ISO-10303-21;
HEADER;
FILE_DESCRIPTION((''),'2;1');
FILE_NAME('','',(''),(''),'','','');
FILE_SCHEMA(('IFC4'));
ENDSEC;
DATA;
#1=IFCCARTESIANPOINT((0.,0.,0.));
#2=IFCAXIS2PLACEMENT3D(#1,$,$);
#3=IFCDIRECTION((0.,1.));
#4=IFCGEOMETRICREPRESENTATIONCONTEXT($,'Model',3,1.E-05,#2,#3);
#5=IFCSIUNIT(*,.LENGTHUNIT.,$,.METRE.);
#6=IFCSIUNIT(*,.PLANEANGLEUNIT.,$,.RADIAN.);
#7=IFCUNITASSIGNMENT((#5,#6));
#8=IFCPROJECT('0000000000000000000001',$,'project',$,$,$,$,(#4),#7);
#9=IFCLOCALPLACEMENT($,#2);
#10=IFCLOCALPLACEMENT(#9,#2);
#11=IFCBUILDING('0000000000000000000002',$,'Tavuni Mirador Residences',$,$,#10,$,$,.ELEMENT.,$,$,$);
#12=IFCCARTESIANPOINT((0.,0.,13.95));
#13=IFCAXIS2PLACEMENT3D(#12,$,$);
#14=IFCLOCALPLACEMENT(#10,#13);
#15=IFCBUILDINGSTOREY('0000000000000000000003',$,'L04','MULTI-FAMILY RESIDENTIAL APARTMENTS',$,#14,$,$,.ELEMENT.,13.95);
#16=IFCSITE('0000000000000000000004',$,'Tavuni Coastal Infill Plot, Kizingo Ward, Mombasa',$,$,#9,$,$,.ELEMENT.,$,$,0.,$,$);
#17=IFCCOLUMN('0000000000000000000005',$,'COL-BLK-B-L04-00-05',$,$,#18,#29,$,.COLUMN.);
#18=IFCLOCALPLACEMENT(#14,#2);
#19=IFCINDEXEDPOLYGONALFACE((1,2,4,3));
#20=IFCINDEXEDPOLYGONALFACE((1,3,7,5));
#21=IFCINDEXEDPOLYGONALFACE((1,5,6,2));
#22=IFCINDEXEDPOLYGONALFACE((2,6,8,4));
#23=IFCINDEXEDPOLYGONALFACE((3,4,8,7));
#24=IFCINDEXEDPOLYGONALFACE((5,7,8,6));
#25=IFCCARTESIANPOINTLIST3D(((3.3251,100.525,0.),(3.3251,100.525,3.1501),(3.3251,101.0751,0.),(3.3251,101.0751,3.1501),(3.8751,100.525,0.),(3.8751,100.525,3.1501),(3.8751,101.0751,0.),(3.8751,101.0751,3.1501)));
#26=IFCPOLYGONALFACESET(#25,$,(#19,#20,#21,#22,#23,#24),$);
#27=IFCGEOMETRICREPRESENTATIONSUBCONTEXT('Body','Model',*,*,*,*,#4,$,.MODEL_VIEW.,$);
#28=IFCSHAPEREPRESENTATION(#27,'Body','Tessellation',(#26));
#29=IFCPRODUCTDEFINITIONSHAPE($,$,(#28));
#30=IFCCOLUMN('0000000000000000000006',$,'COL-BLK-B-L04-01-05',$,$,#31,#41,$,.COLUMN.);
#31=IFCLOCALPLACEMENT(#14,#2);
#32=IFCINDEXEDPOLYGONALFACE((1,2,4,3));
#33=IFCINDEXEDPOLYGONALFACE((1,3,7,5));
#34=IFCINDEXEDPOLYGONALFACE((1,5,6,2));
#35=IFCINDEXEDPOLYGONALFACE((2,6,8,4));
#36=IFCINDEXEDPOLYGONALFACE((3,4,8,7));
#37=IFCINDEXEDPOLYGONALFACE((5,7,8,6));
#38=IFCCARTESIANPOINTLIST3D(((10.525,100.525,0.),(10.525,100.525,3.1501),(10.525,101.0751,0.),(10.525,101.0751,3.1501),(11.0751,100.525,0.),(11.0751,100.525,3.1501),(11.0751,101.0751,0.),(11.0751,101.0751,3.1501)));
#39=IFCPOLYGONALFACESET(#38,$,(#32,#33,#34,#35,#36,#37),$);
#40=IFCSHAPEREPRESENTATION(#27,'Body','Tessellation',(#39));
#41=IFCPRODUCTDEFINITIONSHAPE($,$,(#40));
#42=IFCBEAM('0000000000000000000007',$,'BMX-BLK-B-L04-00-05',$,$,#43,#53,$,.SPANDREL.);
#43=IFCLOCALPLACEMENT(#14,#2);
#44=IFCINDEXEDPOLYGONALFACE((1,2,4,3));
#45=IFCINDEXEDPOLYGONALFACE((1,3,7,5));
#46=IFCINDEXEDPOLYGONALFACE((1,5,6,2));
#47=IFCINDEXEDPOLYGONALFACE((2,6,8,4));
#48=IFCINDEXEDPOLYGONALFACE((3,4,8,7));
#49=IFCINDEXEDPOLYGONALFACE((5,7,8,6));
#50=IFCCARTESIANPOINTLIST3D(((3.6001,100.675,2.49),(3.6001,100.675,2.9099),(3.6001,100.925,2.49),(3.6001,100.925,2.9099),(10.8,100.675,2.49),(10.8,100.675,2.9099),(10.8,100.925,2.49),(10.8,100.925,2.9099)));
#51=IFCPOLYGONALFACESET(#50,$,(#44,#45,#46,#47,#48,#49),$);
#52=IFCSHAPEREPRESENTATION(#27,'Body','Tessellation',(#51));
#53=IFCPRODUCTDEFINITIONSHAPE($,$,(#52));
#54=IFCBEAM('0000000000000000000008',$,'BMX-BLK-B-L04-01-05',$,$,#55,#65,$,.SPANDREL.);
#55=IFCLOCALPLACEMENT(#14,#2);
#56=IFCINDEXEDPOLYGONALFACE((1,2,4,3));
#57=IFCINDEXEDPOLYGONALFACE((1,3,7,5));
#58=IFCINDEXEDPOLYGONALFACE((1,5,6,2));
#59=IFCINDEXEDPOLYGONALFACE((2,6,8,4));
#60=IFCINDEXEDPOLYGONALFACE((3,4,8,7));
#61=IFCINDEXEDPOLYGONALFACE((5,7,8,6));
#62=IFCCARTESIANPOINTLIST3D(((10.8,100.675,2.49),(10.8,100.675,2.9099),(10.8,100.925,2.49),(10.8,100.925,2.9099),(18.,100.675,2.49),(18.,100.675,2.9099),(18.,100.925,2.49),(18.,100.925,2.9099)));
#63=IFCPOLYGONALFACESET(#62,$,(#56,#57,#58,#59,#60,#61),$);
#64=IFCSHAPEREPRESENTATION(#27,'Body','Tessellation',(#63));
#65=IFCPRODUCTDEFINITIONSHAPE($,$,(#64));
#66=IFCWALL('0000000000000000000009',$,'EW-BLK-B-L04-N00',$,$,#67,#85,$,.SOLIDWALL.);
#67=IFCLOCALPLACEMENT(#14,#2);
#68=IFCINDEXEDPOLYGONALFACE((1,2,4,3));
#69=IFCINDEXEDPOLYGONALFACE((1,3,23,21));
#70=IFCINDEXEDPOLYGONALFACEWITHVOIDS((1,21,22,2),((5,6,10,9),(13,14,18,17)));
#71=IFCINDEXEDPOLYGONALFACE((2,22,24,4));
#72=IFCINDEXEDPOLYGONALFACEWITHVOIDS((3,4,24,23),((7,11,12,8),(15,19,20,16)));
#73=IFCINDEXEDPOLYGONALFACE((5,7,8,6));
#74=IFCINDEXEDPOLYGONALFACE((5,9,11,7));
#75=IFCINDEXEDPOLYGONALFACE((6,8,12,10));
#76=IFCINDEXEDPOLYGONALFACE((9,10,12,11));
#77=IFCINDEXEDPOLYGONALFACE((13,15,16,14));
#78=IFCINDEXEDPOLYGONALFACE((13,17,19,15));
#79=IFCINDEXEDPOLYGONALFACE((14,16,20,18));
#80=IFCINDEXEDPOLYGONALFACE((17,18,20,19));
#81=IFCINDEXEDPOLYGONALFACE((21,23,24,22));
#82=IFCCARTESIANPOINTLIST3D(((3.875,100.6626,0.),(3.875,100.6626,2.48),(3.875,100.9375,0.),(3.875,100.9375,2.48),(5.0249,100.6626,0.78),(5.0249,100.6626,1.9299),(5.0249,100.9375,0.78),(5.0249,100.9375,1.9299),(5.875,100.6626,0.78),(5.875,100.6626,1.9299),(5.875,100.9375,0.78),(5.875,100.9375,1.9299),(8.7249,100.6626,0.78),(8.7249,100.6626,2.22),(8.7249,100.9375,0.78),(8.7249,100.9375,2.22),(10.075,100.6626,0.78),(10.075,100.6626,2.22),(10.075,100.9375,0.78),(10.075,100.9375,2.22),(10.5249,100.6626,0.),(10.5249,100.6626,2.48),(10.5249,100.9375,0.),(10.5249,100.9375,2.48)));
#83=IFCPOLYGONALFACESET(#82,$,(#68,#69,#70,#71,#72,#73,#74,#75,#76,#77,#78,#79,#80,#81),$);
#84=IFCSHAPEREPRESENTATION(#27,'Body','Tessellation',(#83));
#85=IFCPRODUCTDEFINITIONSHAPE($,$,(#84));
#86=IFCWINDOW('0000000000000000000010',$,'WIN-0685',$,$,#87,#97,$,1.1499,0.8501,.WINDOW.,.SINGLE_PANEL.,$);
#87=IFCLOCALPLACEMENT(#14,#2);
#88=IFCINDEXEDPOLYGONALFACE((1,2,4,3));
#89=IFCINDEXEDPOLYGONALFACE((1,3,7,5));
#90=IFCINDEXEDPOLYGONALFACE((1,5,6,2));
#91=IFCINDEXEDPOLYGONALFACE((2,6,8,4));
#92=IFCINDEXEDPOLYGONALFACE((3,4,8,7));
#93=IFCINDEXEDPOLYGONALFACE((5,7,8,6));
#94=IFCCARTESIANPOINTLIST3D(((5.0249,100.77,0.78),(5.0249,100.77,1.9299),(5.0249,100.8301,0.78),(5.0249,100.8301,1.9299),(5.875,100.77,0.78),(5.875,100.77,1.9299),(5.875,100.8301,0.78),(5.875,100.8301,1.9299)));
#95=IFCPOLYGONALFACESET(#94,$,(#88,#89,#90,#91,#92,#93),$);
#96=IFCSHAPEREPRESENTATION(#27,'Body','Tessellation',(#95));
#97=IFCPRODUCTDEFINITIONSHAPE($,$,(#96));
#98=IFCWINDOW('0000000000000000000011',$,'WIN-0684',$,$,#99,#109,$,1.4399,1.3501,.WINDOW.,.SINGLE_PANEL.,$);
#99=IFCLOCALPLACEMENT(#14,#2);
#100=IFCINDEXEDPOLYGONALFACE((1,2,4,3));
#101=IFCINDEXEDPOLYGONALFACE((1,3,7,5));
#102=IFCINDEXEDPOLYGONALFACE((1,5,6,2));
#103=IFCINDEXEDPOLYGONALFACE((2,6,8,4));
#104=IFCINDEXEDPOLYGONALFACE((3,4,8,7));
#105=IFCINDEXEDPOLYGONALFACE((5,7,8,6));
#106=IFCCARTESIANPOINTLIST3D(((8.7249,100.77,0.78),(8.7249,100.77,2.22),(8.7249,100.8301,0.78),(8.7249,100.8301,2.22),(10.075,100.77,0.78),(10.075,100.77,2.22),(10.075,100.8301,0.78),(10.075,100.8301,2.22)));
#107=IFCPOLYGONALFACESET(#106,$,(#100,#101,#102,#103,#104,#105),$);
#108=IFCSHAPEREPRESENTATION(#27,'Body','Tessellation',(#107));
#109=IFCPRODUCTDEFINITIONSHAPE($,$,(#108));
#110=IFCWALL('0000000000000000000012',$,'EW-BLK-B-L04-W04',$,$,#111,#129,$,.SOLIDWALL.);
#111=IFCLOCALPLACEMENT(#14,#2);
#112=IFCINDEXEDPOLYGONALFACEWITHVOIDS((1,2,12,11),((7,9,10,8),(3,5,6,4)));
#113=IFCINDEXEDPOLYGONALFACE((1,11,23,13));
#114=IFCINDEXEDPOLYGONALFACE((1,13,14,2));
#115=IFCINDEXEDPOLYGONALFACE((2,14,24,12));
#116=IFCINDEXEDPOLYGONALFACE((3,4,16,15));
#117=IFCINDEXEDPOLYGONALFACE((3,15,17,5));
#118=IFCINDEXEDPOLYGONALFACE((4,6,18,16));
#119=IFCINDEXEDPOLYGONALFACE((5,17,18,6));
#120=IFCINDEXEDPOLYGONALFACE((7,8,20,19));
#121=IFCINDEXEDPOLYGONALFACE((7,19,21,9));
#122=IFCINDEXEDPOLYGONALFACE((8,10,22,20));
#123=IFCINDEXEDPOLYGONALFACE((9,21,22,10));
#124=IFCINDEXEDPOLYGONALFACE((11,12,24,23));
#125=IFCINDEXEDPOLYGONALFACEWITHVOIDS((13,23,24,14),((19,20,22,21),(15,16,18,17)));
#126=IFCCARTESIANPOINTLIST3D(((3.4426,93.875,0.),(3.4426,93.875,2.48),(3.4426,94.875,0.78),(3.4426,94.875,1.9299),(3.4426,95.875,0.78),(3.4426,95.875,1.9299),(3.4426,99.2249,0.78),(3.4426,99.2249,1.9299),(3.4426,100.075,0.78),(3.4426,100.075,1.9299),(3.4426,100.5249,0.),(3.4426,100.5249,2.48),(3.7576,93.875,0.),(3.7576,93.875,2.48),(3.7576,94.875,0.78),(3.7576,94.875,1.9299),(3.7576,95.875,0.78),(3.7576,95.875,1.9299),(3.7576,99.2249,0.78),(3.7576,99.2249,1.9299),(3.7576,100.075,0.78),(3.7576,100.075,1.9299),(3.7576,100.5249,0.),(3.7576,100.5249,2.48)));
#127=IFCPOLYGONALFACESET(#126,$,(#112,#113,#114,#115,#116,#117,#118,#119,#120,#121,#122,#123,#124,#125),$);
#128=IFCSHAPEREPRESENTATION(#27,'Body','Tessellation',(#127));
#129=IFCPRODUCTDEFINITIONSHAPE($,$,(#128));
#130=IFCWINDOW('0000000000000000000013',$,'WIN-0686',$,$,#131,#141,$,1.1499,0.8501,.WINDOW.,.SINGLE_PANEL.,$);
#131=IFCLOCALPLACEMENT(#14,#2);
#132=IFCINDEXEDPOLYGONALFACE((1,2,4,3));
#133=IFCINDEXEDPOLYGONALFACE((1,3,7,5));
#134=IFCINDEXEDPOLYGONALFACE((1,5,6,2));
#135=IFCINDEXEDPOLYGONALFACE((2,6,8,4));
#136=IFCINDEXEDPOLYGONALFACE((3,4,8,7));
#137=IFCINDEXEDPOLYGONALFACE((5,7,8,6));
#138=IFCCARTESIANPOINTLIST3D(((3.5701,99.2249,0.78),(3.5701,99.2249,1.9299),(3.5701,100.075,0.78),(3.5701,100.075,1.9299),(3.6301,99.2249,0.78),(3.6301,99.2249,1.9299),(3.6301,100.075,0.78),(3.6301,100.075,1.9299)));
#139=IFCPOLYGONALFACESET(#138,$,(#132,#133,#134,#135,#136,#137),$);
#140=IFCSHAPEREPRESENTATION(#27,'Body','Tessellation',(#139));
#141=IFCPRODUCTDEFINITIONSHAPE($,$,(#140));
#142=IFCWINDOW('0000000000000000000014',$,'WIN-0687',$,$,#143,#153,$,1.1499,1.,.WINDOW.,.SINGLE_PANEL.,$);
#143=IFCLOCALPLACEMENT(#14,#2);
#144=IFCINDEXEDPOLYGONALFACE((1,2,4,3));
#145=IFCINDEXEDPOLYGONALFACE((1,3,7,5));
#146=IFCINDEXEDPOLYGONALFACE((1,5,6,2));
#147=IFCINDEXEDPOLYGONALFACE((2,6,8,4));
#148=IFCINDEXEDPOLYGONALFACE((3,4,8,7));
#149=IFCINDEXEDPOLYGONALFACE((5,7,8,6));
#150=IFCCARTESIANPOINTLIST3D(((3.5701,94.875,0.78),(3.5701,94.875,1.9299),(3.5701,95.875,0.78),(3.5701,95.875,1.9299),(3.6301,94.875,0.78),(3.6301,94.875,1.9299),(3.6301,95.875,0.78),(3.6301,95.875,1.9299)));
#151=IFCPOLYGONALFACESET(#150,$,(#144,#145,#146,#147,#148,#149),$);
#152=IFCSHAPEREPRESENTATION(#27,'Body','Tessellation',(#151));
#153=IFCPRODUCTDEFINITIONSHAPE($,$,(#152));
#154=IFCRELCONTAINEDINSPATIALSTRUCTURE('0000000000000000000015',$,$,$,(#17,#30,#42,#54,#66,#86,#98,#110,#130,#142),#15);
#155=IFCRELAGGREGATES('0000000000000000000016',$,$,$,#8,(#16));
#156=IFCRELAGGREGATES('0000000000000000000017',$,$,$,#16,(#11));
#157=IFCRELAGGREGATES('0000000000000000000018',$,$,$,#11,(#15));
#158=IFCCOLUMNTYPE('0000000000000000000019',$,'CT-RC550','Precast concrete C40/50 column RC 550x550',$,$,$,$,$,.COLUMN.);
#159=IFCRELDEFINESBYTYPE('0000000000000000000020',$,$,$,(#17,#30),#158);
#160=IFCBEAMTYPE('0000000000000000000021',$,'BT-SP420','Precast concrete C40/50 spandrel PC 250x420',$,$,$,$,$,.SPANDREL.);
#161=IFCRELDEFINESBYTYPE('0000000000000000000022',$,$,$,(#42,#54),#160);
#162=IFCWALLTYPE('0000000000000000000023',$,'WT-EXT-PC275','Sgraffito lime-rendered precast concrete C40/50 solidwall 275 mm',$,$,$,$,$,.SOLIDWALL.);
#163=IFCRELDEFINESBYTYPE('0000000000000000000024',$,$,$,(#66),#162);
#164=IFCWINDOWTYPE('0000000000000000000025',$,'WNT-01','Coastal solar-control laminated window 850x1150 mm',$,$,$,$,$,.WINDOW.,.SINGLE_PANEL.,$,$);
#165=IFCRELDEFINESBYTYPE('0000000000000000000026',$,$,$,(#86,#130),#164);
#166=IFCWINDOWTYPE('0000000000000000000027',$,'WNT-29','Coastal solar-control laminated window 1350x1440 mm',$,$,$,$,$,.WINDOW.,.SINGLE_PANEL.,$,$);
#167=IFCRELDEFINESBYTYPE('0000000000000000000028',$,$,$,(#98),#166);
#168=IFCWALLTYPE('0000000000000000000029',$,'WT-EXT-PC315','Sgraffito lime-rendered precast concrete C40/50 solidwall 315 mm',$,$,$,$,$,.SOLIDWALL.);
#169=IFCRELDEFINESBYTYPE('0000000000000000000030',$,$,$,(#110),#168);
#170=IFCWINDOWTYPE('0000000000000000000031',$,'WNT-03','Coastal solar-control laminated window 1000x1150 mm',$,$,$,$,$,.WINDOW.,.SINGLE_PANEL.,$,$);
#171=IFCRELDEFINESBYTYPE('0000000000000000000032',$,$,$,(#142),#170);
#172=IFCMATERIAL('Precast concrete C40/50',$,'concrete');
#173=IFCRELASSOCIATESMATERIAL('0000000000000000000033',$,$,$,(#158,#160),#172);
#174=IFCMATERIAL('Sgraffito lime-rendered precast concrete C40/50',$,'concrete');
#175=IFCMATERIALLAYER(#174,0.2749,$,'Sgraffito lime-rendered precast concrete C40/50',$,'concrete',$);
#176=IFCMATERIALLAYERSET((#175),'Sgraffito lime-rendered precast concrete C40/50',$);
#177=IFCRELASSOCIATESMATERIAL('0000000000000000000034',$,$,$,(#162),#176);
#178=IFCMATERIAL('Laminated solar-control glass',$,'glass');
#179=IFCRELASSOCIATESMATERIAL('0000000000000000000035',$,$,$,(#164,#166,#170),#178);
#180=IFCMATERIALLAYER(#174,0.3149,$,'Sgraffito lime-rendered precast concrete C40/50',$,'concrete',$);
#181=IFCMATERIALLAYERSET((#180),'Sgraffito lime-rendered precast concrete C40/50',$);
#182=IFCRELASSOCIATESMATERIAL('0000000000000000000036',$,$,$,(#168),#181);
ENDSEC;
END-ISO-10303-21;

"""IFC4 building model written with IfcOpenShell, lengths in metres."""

from ifc_helpers import new_model, si_unit, direction, frame, frame_2d, origin, origin_2d, place, context, subcontext, project, spatial, rectangle, extrude, material, layer, layer_set, material_profile, profile_set, type_object, element, fill, save


model = new_model("IFC4")

# Units and contexts
model_context = context("Model", 3, precision=1e-05, world=origin(), true_north=direction((0.0, 1.0)))
body_context = subcontext(model_context, "Body", "Model", "MODEL_VIEW")
ifc_project = project(units=[si_unit("LENGTHUNIT", "METRE"), si_unit("PLANEANGLEUNIT", "RADIAN")], contexts=[model_context])

# Site, building, storey
site_placement = place(None, origin())
site = spatial("IfcSite", under=ifc_project, at=site_placement, Name="Tavuni Coastal Infill Plot, Kizingo Ward, Mombasa", CompositionType="ELEMENT", RefElevation=0.0)
building_placement = place(site_placement, origin())
building = spatial("IfcBuilding", under=site, at=building_placement, Name="Tavuni Mirador Residences", CompositionType="ELEMENT")
storey_placement = place(building_placement, frame((0.0, 0.0, 13.95)))
storey = spatial("IfcBuildingStorey", under=building, at=storey_placement, Name="L04", Description="MULTI-FAMILY RESIDENTIAL APARTMENTS", CompositionType="ELEMENT", Elevation=13.95)

# Columns
ifc_material_1 = material(Name="Precast concrete C40/50", Category="concrete")
ifc_material_profile_1 = material_profile(ifc_material_1, rectangle(XDim=0.55, YDim=0.55, at=origin_2d()), Name="RC 550x550", Category="concrete")
ifc_profile_set_1 = profile_set([ifc_material_profile_1], Name="Precast concrete C40/50")
column_type = type_object("IfcColumnType", Name="CT-RC550", Description="Precast concrete C40/50 column RC 550x550", PredefinedType="COLUMN", material=ifc_profile_set_1)
for number, where, z_axis, x_axis, name in (
    (1, (3.6001, 100.8, 0.0), (0.0, 0.0, 1.0), (1.0, 0.0, 0.0), "COL-BLK-B-L04-00-05"),
    (2, (10.8, 100.8, 0.0), (0.0, 0.0, 1.0), (1.0, 0.0, 0.0), "COL-BLK-B-L04-01-05"),
):
    element("IfcColumn", number, at=place(storey_placement, frame(where, z_axis=z_axis, x_axis=x_axis)), inside=storey, type_object=column_type, Name=name, PredefinedType="COLUMN", context=body_context, shape_type="SweptSolid", body=[
        extrude(rectangle(XDim=0.55, YDim=0.55, at=origin_2d()), origin(), (0.0, 0.0, 1.0), 3.1501),
    ])

# Beams
ifc_material_profile_2 = material_profile(ifc_material_1, rectangle(XDim=0.25, YDim=0.4199, at=origin_2d()), Name="PC 250x420", Category="concrete")
ifc_profile_set_2 = profile_set([ifc_material_profile_2], Name="Precast concrete C40/50")
beam_type = type_object("IfcBeamType", Name="BT-SP420", Description="Precast concrete C40/50 spandrel PC 250x420", PredefinedType="SPANDREL", material=ifc_profile_set_2)
for number, where, z_axis, x_axis, name in (
    (3, (3.6001, 100.8, 2.7), (1.0, 0.0, 0.0), (0.0, 1.0, 0.0), "BMX-BLK-B-L04-00-05"),
    (4, (10.8, 100.8, 2.7), (1.0, 0.0, 0.0), (0.0, 1.0, 0.0), "BMX-BLK-B-L04-01-05"),
):
    element("IfcBeam", number, at=place(storey_placement, frame(where, z_axis=z_axis, x_axis=x_axis)), inside=storey, type_object=beam_type, Name=name, PredefinedType="SPANDREL", context=body_context, shape_type="SweptSolid", body=[
        extrude(rectangle(XDim=0.25, YDim=0.4199, at=origin_2d()), origin(), (0.0, 0.0, 1.0), 7.2),
    ])

# Walls, openings, windows
ifc_material_2 = material(Name="Sgraffito lime-rendered precast concrete C40/50", Category="concrete")
ifc_layer_1 = layer(ifc_material_2, 0.2749, Name="Sgraffito lime-rendered precast concrete C40/50", Category="concrete")
ifc_layer_set_1 = layer_set([ifc_layer_1], Name="Sgraffito lime-rendered precast concrete C40/50")
wall_type_1 = type_object("IfcWallType", Name="WT-EXT-PC275", Description="Sgraffito lime-rendered precast concrete C40/50 solidwall 275 mm", PredefinedType="SOLIDWALL", material=ifc_layer_set_1)
wall_1_placement = place(storey_placement, frame((10.5249, 100.8, 0.0), z_axis=(0.0, 0.0, 1.0), x_axis=(-1.0, 0.0, 0.0)))
wall_1 = element("IfcWall", 5, at=wall_1_placement, inside=storey, type_object=wall_type_1, Name="EW-BLK-B-L04-N00", PredefinedType="SOLIDWALL", context=body_context, shape_type="SweptSolid", body=[
    extrude(rectangle(XDim=6.6499, YDim=0.2749, at=frame_2d((3.325, 0.0))), origin(), (0.0, 0.0, 1.0), 2.48),
])
opening_1_placement = place(wall_1_placement, frame((0.45, 0.0, 0.78)))
opening_1 = element("IfcOpeningElement", 6, at=opening_1_placement, cuts=wall_1, PredefinedType="OPENING", context=body_context, shape_type="SweptSolid", body=[
    extrude(rectangle(XDim=1.3501, YDim=1.4399, at=frame_2d((0.675, 0.72))), frame((0.0, 0.1475, 0.0), z_axis=(0.0, -1.0, 0.0), x_axis=(1.0, 0.0, 0.0)), (0.0, 0.0, 1.0), 0.2949),
])
opening_2_placement = place(wall_1_placement, frame((4.6499, 0.0, 0.78)))
opening_2 = element("IfcOpeningElement", 7, at=opening_2_placement, cuts=wall_1, PredefinedType="OPENING", context=body_context, shape_type="SweptSolid", body=[
    extrude(rectangle(XDim=0.8501, YDim=1.1499, at=frame_2d((0.425, 0.575))), frame((0.0, 0.1475, 0.0), z_axis=(0.0, -1.0, 0.0), x_axis=(1.0, 0.0, 0.0)), (0.0, 0.0, 1.0), 0.2949),
])
ifc_material_3 = material(Name="Laminated solar-control glass", Category="glass")
window_type_1 = type_object("IfcWindowType", Name="WNT-01", Description="Coastal solar-control laminated window 850x1150 mm", PartitioningType="SINGLE_PANEL", PredefinedType="WINDOW", material=ifc_material_3)
window_1_placement = place(opening_2_placement, origin())
window_1 = element("IfcWindow", 8, at=window_1_placement, inside=storey, type_object=window_type_1, Name="WIN-0685", OverallHeight=1.1499, OverallWidth=0.8501, PartitioningType="SINGLE_PANEL", PredefinedType="WINDOW", context=body_context, shape_type="SweptSolid", body=[
    extrude(rectangle(XDim=0.8501, YDim=1.1499, at=frame_2d((0.425, 0.575))), frame((0.0, 0.03, 0.0), z_axis=(0.0, -1.0, 0.0), x_axis=(1.0, 0.0, 0.0)), (0.0, 0.0, 1.0), 0.0601),
])
fill(opening_2, window_1)
window_type_2 = type_object("IfcWindowType", Name="WNT-29", Description="Coastal solar-control laminated window 1350x1440 mm", PartitioningType="SINGLE_PANEL", PredefinedType="WINDOW", material=ifc_material_3)
window_2_placement = place(opening_1_placement, origin())
window_2 = element("IfcWindow", 9, at=window_2_placement, inside=storey, type_object=window_type_2, Name="WIN-0684", OverallHeight=1.4399, OverallWidth=1.3501, PartitioningType="SINGLE_PANEL", PredefinedType="WINDOW", context=body_context, shape_type="SweptSolid", body=[
    extrude(rectangle(XDim=1.3501, YDim=1.4399, at=frame_2d((0.675, 0.72))), frame((0.0, 0.03, 0.0), z_axis=(0.0, -1.0, 0.0), x_axis=(1.0, 0.0, 0.0)), (0.0, 0.0, 1.0), 0.0601),
])
fill(opening_1, window_2)
ifc_layer_2 = layer(ifc_material_2, 0.3149, Name="Sgraffito lime-rendered precast concrete C40/50", Category="concrete")
ifc_layer_set_2 = layer_set([ifc_layer_2], Name="Sgraffito lime-rendered precast concrete C40/50")
wall_type_2 = type_object("IfcWallType", Name="WT-EXT-PC315", Description="Sgraffito lime-rendered precast concrete C40/50 solidwall 315 mm", PredefinedType="SOLIDWALL", material=ifc_layer_set_2)
wall_2_placement = place(storey_placement, frame((3.6001, 100.5249, 0.0), z_axis=(0.0, 0.0, 1.0), x_axis=(0.0, -1.0, 0.0)))
wall_2 = element("IfcWall", 10, at=wall_2_placement, inside=storey, type_object=wall_type_2, Name="EW-BLK-B-L04-W04", PredefinedType="SOLIDWALL", context=body_context, shape_type="SweptSolid", body=[
    extrude(rectangle(XDim=6.6499, YDim=0.3149, at=frame_2d((3.325, 0.0))), origin(), (0.0, 0.0, 1.0), 2.48),
])
opening_3_placement = place(wall_2_placement, frame((0.45, 0.0, 0.78)))
opening_3 = element("IfcOpeningElement", 11, at=opening_3_placement, cuts=wall_2, PredefinedType="OPENING", context=body_context, shape_type="SweptSolid", body=[
    extrude(rectangle(XDim=0.8501, YDim=1.1499, at=frame_2d((0.425, 0.575))), frame((0.0, 0.1675, 0.0), z_axis=(0.0, -1.0, 0.0), x_axis=(1.0, 0.0, 0.0)), (0.0, 0.0, 1.0), 0.335),
])
opening_4_placement = place(wall_2_placement, frame((4.6499, 0.0, 0.78)))
opening_4 = element("IfcOpeningElement", 12, at=opening_4_placement, cuts=wall_2, PredefinedType="OPENING", context=body_context, shape_type="SweptSolid", body=[
    extrude(rectangle(XDim=1.0, YDim=1.1499, at=frame_2d((0.5, 0.575))), frame((0.0, 0.1675, 0.0), z_axis=(0.0, -1.0, 0.0), x_axis=(1.0, 0.0, 0.0)), (0.0, 0.0, 1.0), 0.335),
])
window_3_placement = place(opening_3_placement, origin())
window_3 = element("IfcWindow", 13, at=window_3_placement, inside=storey, type_object=window_type_1, Name="WIN-0686", OverallHeight=1.1499, OverallWidth=0.8501, PartitioningType="SINGLE_PANEL", PredefinedType="WINDOW", context=body_context, shape_type="SweptSolid", body=[
    extrude(rectangle(XDim=0.8501, YDim=1.1499, at=frame_2d((0.425, 0.575))), frame((0.0, 0.03, 0.0), z_axis=(0.0, -1.0, 0.0), x_axis=(1.0, 0.0, 0.0)), (0.0, 0.0, 1.0), 0.0601),
])
fill(opening_3, window_3)
window_type_3 = type_object("IfcWindowType", Name="WNT-03", Description="Coastal solar-control laminated window 1000x1150 mm", PartitioningType="SINGLE_PANEL", PredefinedType="WINDOW", material=ifc_material_3)
window_4_placement = place(opening_4_placement, origin())
window_4 = element("IfcWindow", 14, at=window_4_placement, inside=storey, type_object=window_type_3, Name="WIN-0687", OverallHeight=1.1499, OverallWidth=1.0, PartitioningType="SINGLE_PANEL", PredefinedType="WINDOW", context=body_context, shape_type="SweptSolid", body=[
    extrude(rectangle(XDim=1.0, YDim=1.1499, at=frame_2d((0.5, 0.575))), frame((0.0, 0.03, 0.0), z_axis=(0.0, -1.0, 0.0), x_axis=(1.0, 0.0, 0.0)), (0.0, 0.0, 1.0), 0.0601),
])
fill(opening_4, window_4)

save(model, "model.ifc")
